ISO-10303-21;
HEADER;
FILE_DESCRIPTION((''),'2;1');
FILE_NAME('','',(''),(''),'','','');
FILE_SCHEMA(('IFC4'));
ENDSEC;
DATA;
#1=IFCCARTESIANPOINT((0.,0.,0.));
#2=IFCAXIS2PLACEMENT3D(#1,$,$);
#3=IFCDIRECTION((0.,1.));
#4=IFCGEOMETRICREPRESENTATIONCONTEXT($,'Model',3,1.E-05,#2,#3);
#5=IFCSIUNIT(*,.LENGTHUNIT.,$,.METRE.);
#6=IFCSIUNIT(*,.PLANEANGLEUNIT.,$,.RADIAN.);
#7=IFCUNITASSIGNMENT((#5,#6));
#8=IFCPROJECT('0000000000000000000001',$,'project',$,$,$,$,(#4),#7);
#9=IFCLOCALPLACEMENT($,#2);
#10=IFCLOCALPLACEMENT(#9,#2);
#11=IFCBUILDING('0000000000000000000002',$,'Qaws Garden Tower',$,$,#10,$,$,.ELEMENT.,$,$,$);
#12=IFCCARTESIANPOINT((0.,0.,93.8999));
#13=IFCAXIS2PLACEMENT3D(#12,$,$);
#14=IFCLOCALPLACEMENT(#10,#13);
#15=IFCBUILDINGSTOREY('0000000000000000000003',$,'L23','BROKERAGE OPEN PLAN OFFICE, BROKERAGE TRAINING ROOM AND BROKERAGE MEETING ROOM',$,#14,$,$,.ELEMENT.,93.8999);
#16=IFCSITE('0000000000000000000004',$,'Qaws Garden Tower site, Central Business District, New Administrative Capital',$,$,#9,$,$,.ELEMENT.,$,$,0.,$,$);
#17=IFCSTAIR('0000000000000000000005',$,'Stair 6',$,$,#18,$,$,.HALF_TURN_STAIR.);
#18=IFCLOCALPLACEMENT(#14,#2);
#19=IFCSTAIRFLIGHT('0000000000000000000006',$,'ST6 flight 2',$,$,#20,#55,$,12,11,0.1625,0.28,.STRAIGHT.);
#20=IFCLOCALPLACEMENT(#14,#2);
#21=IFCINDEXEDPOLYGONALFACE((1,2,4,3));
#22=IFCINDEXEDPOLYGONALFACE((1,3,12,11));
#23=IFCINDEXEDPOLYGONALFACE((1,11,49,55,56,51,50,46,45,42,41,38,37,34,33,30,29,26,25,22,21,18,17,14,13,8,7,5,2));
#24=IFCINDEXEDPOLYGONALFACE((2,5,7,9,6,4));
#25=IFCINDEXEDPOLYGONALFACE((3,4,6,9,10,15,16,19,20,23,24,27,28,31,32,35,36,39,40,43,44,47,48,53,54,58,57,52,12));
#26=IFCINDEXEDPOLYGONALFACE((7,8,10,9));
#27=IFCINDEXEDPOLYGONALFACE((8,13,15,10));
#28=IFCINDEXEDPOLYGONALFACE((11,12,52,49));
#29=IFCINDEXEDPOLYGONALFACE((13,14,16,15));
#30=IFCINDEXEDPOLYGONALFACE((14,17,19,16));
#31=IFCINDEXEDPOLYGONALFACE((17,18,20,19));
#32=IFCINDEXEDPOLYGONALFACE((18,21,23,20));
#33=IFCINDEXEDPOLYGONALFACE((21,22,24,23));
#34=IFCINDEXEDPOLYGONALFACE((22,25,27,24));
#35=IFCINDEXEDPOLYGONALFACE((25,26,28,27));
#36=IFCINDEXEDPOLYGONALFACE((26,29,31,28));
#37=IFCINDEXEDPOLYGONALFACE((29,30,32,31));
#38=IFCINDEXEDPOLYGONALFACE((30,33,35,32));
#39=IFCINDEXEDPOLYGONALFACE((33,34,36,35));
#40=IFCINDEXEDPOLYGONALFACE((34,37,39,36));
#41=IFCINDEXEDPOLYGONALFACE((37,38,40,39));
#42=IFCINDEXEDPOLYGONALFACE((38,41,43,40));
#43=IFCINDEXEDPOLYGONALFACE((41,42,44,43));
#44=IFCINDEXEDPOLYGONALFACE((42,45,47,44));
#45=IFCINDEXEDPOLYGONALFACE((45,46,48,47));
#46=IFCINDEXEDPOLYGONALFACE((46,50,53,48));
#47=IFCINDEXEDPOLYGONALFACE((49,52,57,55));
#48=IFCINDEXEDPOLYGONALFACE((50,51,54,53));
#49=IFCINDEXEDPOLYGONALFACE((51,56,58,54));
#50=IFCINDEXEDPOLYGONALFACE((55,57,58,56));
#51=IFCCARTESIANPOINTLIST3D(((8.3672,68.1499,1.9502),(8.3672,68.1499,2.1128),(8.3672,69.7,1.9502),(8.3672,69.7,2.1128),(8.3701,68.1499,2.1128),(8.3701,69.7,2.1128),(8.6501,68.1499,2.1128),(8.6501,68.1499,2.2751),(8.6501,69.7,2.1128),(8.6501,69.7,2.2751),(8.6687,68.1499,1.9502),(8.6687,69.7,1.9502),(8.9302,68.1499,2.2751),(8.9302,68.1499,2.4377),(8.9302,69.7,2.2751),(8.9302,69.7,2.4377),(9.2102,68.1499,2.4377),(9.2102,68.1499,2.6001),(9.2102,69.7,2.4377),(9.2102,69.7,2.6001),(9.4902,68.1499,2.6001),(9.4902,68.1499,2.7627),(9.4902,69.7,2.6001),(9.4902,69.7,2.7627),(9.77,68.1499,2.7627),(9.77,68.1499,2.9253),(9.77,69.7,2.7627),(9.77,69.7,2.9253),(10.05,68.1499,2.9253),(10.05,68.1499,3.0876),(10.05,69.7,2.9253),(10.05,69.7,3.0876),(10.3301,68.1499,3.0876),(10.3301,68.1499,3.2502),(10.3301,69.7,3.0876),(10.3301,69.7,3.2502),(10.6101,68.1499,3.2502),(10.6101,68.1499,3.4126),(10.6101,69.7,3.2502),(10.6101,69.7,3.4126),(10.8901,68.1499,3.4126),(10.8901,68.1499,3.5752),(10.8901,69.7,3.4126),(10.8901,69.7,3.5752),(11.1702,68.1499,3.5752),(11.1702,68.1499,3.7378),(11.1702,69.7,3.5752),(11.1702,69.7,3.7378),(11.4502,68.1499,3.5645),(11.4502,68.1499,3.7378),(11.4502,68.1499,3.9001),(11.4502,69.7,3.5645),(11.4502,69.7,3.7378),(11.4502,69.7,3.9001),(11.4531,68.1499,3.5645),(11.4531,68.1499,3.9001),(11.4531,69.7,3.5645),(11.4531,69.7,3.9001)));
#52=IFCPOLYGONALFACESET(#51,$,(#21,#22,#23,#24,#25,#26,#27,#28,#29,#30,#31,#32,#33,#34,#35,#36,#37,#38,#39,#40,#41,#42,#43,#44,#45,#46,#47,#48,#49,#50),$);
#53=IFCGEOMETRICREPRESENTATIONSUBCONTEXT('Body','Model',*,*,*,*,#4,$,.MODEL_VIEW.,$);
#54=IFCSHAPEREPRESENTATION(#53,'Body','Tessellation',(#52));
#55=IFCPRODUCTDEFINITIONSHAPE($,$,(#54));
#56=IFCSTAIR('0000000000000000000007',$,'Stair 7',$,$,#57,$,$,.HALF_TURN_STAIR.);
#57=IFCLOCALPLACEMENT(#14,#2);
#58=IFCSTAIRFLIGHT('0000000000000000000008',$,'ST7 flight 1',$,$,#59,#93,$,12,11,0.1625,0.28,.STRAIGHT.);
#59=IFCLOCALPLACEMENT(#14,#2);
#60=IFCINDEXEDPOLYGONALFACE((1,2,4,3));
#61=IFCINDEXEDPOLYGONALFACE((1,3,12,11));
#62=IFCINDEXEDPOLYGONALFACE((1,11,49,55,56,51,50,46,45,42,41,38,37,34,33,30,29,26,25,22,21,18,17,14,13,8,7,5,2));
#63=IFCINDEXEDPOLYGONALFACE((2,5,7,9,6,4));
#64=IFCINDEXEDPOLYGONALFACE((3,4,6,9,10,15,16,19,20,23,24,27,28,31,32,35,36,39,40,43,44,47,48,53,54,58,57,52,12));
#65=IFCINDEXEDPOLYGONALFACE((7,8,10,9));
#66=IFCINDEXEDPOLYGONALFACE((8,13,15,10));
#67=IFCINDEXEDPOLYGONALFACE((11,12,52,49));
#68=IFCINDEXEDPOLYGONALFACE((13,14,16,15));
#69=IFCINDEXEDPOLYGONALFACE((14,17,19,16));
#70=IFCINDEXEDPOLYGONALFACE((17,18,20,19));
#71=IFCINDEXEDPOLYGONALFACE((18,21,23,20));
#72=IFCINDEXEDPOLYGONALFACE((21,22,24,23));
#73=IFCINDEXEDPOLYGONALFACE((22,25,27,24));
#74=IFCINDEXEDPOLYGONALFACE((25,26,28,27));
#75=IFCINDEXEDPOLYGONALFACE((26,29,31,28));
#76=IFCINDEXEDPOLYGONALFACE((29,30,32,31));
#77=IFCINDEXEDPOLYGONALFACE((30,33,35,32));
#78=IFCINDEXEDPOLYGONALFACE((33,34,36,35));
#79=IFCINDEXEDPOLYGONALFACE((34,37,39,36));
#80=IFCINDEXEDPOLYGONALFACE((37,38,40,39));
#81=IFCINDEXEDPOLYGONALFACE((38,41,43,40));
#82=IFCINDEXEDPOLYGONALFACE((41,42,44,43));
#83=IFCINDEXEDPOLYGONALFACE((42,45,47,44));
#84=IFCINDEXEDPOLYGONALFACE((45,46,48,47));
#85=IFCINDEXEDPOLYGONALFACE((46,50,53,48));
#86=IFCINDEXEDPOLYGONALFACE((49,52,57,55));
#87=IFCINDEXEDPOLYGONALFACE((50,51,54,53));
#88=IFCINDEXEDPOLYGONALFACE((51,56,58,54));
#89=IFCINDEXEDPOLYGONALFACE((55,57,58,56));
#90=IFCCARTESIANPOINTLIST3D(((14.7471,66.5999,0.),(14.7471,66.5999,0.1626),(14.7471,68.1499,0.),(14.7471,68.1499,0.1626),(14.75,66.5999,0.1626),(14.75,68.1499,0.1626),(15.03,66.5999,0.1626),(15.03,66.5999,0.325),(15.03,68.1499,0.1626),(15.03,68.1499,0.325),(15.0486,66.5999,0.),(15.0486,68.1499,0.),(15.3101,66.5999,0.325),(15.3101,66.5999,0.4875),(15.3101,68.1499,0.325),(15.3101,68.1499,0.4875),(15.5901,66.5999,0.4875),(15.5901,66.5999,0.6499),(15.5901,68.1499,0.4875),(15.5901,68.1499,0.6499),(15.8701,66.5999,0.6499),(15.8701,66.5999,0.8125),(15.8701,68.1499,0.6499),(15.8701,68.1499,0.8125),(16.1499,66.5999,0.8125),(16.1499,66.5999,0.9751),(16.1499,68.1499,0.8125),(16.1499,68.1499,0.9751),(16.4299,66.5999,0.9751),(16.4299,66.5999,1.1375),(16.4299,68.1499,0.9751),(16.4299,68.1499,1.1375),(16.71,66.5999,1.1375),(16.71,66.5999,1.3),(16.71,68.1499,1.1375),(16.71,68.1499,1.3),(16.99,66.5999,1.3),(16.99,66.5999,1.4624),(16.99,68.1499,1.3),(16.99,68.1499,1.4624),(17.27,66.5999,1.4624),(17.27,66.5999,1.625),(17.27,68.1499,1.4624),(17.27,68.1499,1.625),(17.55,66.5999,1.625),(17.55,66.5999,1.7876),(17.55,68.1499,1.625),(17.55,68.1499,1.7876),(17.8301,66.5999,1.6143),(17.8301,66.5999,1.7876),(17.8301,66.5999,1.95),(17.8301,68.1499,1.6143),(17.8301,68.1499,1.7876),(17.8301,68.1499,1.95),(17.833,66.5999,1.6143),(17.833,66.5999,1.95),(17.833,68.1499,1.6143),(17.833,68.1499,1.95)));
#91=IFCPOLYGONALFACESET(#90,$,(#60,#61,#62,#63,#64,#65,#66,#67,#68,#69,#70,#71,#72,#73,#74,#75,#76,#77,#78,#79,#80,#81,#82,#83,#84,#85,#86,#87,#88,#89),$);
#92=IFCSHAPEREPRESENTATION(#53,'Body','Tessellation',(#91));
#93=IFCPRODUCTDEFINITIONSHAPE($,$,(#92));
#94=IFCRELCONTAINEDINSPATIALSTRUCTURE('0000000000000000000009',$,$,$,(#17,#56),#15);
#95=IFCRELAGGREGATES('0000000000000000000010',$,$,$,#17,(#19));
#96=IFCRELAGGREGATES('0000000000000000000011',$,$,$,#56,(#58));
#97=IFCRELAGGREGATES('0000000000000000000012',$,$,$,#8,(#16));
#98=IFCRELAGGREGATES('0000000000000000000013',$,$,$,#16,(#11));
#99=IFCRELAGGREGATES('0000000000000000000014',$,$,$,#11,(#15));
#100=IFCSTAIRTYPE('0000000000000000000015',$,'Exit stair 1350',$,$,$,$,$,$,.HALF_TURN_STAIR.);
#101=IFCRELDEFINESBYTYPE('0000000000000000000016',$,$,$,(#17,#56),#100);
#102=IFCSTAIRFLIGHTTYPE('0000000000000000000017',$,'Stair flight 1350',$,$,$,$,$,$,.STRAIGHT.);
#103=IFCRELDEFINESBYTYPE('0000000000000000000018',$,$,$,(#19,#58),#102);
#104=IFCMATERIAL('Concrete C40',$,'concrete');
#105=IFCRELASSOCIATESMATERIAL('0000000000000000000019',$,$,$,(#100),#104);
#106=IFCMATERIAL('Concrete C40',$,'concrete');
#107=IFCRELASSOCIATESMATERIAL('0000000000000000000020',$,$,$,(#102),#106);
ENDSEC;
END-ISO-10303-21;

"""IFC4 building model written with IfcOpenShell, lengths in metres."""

from ifc_helpers import new_model, si_unit, direction, frame, origin, place, context, subcontext, project, spatial, polyline, outline, extrude, material, type_object, element, aggregate, save


model = new_model("IFC4")

# Units and contexts
model_context = context("Model", 3, precision=1e-05, world=origin(), true_north=direction((0.0, 1.0)))
body_context = subcontext(model_context, "Body", "Model", "MODEL_VIEW")
ifc_project = project(units=[si_unit("LENGTHUNIT", "METRE"), si_unit("PLANEANGLEUNIT", "RADIAN")], contexts=[model_context])

# Site, building, storey
site_placement = place(None, origin())
site = spatial("IfcSite", under=ifc_project, at=site_placement, Name="Qaws Garden Tower site, Central Business District, New Administrative Capital", CompositionType="ELEMENT", RefElevation=0.0)
building_placement = place(site_placement, origin())
building = spatial("IfcBuilding", under=site, at=building_placement, Name="Qaws Garden Tower", CompositionType="ELEMENT")
storey_placement = place(building_placement, frame((0.0, 0.0, 93.8999)))
storey = spatial("IfcBuildingStorey", under=building, at=storey_placement, Name="L23", Description="BROKERAGE OPEN PLAN OFFICE, BROKERAGE TRAINING ROOM AND BROKERAGE MEETING ROOM", CompositionType="ELEMENT", Elevation=93.8999)

# Stair, stair flight
ifc_material_1 = material(Name="Concrete C40", Category="concrete")
stair_type = type_object("IfcStairType", Name="Exit stair 1350", PredefinedType="HALF_TURN_STAIR", material=ifc_material_1)
placement = place(storey_placement, origin())
stair_1 = element("IfcStair", 1, at=placement, inside=storey, type_object=stair_type, Name="Stair 6", PredefinedType="HALF_TURN_STAIR")
ifc_material_2 = material(Name="Concrete C40", Category="concrete")
stair_flight_type = type_object("IfcStairFlightType", Name="Stair flight 1350", PredefinedType="STRAIGHT", material=ifc_material_2)
stair_flight_1_placement = place(storey_placement, frame((8.3701, 68.925, 1.9502), z_axis=(0.0, 0.0, 1.0), x_axis=(1.0, 0.0, 0.0)))
stair_flight_1 = element("IfcStairFlight", 2, at=stair_flight_1_placement, type_object=stair_flight_type, Name="ST6 flight 2", NumberOfRisers=12, NumberOfTreads=11, PredefinedType="STRAIGHT", RiserHeight=0.1625, TreadLength=0.28, context=body_context, shape_type="SweptSolid", body=[
    extrude(outline(polyline([(-0.0029, 0.0), (-0.0029, 0.1626), (0.0, 0.1626), (0.28, 0.1626), (0.28, 0.325), (0.5601, 0.325), (0.5601, 0.4875), (0.8401, 0.4875), (0.8401, 0.6499), (1.1201, 0.6499), (1.1201, 0.8125), (1.3999, 0.8125), (1.3999, 0.9751), (1.6799, 0.9751), (1.6799, 1.1375), (1.96, 1.1375), (1.96, 1.3), (2.24, 1.3), (2.24, 1.4624), (2.52, 1.4624), (2.52, 1.625), (2.8, 1.625), (2.8, 1.7876), (3.0801, 1.7876), (3.0801, 1.95), (3.083, 1.95), (3.083, 1.6143), (3.0801, 1.6143), (0.2986, 0.0), (-0.0029, 0.0)])), frame((0.0, 0.7749, 0.0), z_axis=(0.0, -1.0, 0.0), x_axis=(1.0, 0.0, 0.0)), (0.0, 0.0, 1.0), 1.55),
])
aggregate(stair_1, [stair_flight_1])

# Stair, stair flight
stair_2 = element("IfcStair", 3, at=placement, inside=storey, type_object=stair_type, Name="Stair 7", PredefinedType="HALF_TURN_STAIR")
stair_flight_2_placement = place(storey_placement, frame((14.75, 67.375, 0.0), z_axis=(0.0, 0.0, 1.0), x_axis=(1.0, 0.0, 0.0)))
stair_flight_2 = element("IfcStairFlight", 4, at=stair_flight_2_placement, type_object=stair_flight_type, Name="ST7 flight 1", NumberOfRisers=12, NumberOfTreads=11, PredefinedType="STRAIGHT", RiserHeight=0.1625, TreadLength=0.28, context=body_context, shape_type="SweptSolid", body=[
    extrude(outline(polyline([(-0.0029, 0.0), (-0.0029, 0.1626), (0.0, 0.1626), (0.28, 0.1626), (0.28, 0.325), (0.5601, 0.325), (0.5601, 0.4875), (0.8401, 0.4875), (0.8401, 0.6499), (1.1201, 0.6499), (1.1201, 0.8125), (1.3999, 0.8125), (1.3999, 0.9751), (1.6799, 0.9751), (1.6799, 1.1375), (1.96, 1.1375), (1.96, 1.3), (2.24, 1.3), (2.24, 1.4624), (2.52, 1.4624), (2.52, 1.625), (2.8, 1.625), (2.8, 1.7876), (3.0801, 1.7876), (3.0801, 1.95), (3.083, 1.95), (3.083, 1.6143), (3.0801, 1.6143), (0.2986, 0.0), (-0.0029, 0.0)])), frame((0.0, 0.7749, 0.0), z_axis=(0.0, -1.0, 0.0), x_axis=(1.0, 0.0, 0.0)), (0.0, 0.0, 1.0), 1.55),
])
aggregate(stair_2, [stair_flight_2])

save(model, "model.ifc")
